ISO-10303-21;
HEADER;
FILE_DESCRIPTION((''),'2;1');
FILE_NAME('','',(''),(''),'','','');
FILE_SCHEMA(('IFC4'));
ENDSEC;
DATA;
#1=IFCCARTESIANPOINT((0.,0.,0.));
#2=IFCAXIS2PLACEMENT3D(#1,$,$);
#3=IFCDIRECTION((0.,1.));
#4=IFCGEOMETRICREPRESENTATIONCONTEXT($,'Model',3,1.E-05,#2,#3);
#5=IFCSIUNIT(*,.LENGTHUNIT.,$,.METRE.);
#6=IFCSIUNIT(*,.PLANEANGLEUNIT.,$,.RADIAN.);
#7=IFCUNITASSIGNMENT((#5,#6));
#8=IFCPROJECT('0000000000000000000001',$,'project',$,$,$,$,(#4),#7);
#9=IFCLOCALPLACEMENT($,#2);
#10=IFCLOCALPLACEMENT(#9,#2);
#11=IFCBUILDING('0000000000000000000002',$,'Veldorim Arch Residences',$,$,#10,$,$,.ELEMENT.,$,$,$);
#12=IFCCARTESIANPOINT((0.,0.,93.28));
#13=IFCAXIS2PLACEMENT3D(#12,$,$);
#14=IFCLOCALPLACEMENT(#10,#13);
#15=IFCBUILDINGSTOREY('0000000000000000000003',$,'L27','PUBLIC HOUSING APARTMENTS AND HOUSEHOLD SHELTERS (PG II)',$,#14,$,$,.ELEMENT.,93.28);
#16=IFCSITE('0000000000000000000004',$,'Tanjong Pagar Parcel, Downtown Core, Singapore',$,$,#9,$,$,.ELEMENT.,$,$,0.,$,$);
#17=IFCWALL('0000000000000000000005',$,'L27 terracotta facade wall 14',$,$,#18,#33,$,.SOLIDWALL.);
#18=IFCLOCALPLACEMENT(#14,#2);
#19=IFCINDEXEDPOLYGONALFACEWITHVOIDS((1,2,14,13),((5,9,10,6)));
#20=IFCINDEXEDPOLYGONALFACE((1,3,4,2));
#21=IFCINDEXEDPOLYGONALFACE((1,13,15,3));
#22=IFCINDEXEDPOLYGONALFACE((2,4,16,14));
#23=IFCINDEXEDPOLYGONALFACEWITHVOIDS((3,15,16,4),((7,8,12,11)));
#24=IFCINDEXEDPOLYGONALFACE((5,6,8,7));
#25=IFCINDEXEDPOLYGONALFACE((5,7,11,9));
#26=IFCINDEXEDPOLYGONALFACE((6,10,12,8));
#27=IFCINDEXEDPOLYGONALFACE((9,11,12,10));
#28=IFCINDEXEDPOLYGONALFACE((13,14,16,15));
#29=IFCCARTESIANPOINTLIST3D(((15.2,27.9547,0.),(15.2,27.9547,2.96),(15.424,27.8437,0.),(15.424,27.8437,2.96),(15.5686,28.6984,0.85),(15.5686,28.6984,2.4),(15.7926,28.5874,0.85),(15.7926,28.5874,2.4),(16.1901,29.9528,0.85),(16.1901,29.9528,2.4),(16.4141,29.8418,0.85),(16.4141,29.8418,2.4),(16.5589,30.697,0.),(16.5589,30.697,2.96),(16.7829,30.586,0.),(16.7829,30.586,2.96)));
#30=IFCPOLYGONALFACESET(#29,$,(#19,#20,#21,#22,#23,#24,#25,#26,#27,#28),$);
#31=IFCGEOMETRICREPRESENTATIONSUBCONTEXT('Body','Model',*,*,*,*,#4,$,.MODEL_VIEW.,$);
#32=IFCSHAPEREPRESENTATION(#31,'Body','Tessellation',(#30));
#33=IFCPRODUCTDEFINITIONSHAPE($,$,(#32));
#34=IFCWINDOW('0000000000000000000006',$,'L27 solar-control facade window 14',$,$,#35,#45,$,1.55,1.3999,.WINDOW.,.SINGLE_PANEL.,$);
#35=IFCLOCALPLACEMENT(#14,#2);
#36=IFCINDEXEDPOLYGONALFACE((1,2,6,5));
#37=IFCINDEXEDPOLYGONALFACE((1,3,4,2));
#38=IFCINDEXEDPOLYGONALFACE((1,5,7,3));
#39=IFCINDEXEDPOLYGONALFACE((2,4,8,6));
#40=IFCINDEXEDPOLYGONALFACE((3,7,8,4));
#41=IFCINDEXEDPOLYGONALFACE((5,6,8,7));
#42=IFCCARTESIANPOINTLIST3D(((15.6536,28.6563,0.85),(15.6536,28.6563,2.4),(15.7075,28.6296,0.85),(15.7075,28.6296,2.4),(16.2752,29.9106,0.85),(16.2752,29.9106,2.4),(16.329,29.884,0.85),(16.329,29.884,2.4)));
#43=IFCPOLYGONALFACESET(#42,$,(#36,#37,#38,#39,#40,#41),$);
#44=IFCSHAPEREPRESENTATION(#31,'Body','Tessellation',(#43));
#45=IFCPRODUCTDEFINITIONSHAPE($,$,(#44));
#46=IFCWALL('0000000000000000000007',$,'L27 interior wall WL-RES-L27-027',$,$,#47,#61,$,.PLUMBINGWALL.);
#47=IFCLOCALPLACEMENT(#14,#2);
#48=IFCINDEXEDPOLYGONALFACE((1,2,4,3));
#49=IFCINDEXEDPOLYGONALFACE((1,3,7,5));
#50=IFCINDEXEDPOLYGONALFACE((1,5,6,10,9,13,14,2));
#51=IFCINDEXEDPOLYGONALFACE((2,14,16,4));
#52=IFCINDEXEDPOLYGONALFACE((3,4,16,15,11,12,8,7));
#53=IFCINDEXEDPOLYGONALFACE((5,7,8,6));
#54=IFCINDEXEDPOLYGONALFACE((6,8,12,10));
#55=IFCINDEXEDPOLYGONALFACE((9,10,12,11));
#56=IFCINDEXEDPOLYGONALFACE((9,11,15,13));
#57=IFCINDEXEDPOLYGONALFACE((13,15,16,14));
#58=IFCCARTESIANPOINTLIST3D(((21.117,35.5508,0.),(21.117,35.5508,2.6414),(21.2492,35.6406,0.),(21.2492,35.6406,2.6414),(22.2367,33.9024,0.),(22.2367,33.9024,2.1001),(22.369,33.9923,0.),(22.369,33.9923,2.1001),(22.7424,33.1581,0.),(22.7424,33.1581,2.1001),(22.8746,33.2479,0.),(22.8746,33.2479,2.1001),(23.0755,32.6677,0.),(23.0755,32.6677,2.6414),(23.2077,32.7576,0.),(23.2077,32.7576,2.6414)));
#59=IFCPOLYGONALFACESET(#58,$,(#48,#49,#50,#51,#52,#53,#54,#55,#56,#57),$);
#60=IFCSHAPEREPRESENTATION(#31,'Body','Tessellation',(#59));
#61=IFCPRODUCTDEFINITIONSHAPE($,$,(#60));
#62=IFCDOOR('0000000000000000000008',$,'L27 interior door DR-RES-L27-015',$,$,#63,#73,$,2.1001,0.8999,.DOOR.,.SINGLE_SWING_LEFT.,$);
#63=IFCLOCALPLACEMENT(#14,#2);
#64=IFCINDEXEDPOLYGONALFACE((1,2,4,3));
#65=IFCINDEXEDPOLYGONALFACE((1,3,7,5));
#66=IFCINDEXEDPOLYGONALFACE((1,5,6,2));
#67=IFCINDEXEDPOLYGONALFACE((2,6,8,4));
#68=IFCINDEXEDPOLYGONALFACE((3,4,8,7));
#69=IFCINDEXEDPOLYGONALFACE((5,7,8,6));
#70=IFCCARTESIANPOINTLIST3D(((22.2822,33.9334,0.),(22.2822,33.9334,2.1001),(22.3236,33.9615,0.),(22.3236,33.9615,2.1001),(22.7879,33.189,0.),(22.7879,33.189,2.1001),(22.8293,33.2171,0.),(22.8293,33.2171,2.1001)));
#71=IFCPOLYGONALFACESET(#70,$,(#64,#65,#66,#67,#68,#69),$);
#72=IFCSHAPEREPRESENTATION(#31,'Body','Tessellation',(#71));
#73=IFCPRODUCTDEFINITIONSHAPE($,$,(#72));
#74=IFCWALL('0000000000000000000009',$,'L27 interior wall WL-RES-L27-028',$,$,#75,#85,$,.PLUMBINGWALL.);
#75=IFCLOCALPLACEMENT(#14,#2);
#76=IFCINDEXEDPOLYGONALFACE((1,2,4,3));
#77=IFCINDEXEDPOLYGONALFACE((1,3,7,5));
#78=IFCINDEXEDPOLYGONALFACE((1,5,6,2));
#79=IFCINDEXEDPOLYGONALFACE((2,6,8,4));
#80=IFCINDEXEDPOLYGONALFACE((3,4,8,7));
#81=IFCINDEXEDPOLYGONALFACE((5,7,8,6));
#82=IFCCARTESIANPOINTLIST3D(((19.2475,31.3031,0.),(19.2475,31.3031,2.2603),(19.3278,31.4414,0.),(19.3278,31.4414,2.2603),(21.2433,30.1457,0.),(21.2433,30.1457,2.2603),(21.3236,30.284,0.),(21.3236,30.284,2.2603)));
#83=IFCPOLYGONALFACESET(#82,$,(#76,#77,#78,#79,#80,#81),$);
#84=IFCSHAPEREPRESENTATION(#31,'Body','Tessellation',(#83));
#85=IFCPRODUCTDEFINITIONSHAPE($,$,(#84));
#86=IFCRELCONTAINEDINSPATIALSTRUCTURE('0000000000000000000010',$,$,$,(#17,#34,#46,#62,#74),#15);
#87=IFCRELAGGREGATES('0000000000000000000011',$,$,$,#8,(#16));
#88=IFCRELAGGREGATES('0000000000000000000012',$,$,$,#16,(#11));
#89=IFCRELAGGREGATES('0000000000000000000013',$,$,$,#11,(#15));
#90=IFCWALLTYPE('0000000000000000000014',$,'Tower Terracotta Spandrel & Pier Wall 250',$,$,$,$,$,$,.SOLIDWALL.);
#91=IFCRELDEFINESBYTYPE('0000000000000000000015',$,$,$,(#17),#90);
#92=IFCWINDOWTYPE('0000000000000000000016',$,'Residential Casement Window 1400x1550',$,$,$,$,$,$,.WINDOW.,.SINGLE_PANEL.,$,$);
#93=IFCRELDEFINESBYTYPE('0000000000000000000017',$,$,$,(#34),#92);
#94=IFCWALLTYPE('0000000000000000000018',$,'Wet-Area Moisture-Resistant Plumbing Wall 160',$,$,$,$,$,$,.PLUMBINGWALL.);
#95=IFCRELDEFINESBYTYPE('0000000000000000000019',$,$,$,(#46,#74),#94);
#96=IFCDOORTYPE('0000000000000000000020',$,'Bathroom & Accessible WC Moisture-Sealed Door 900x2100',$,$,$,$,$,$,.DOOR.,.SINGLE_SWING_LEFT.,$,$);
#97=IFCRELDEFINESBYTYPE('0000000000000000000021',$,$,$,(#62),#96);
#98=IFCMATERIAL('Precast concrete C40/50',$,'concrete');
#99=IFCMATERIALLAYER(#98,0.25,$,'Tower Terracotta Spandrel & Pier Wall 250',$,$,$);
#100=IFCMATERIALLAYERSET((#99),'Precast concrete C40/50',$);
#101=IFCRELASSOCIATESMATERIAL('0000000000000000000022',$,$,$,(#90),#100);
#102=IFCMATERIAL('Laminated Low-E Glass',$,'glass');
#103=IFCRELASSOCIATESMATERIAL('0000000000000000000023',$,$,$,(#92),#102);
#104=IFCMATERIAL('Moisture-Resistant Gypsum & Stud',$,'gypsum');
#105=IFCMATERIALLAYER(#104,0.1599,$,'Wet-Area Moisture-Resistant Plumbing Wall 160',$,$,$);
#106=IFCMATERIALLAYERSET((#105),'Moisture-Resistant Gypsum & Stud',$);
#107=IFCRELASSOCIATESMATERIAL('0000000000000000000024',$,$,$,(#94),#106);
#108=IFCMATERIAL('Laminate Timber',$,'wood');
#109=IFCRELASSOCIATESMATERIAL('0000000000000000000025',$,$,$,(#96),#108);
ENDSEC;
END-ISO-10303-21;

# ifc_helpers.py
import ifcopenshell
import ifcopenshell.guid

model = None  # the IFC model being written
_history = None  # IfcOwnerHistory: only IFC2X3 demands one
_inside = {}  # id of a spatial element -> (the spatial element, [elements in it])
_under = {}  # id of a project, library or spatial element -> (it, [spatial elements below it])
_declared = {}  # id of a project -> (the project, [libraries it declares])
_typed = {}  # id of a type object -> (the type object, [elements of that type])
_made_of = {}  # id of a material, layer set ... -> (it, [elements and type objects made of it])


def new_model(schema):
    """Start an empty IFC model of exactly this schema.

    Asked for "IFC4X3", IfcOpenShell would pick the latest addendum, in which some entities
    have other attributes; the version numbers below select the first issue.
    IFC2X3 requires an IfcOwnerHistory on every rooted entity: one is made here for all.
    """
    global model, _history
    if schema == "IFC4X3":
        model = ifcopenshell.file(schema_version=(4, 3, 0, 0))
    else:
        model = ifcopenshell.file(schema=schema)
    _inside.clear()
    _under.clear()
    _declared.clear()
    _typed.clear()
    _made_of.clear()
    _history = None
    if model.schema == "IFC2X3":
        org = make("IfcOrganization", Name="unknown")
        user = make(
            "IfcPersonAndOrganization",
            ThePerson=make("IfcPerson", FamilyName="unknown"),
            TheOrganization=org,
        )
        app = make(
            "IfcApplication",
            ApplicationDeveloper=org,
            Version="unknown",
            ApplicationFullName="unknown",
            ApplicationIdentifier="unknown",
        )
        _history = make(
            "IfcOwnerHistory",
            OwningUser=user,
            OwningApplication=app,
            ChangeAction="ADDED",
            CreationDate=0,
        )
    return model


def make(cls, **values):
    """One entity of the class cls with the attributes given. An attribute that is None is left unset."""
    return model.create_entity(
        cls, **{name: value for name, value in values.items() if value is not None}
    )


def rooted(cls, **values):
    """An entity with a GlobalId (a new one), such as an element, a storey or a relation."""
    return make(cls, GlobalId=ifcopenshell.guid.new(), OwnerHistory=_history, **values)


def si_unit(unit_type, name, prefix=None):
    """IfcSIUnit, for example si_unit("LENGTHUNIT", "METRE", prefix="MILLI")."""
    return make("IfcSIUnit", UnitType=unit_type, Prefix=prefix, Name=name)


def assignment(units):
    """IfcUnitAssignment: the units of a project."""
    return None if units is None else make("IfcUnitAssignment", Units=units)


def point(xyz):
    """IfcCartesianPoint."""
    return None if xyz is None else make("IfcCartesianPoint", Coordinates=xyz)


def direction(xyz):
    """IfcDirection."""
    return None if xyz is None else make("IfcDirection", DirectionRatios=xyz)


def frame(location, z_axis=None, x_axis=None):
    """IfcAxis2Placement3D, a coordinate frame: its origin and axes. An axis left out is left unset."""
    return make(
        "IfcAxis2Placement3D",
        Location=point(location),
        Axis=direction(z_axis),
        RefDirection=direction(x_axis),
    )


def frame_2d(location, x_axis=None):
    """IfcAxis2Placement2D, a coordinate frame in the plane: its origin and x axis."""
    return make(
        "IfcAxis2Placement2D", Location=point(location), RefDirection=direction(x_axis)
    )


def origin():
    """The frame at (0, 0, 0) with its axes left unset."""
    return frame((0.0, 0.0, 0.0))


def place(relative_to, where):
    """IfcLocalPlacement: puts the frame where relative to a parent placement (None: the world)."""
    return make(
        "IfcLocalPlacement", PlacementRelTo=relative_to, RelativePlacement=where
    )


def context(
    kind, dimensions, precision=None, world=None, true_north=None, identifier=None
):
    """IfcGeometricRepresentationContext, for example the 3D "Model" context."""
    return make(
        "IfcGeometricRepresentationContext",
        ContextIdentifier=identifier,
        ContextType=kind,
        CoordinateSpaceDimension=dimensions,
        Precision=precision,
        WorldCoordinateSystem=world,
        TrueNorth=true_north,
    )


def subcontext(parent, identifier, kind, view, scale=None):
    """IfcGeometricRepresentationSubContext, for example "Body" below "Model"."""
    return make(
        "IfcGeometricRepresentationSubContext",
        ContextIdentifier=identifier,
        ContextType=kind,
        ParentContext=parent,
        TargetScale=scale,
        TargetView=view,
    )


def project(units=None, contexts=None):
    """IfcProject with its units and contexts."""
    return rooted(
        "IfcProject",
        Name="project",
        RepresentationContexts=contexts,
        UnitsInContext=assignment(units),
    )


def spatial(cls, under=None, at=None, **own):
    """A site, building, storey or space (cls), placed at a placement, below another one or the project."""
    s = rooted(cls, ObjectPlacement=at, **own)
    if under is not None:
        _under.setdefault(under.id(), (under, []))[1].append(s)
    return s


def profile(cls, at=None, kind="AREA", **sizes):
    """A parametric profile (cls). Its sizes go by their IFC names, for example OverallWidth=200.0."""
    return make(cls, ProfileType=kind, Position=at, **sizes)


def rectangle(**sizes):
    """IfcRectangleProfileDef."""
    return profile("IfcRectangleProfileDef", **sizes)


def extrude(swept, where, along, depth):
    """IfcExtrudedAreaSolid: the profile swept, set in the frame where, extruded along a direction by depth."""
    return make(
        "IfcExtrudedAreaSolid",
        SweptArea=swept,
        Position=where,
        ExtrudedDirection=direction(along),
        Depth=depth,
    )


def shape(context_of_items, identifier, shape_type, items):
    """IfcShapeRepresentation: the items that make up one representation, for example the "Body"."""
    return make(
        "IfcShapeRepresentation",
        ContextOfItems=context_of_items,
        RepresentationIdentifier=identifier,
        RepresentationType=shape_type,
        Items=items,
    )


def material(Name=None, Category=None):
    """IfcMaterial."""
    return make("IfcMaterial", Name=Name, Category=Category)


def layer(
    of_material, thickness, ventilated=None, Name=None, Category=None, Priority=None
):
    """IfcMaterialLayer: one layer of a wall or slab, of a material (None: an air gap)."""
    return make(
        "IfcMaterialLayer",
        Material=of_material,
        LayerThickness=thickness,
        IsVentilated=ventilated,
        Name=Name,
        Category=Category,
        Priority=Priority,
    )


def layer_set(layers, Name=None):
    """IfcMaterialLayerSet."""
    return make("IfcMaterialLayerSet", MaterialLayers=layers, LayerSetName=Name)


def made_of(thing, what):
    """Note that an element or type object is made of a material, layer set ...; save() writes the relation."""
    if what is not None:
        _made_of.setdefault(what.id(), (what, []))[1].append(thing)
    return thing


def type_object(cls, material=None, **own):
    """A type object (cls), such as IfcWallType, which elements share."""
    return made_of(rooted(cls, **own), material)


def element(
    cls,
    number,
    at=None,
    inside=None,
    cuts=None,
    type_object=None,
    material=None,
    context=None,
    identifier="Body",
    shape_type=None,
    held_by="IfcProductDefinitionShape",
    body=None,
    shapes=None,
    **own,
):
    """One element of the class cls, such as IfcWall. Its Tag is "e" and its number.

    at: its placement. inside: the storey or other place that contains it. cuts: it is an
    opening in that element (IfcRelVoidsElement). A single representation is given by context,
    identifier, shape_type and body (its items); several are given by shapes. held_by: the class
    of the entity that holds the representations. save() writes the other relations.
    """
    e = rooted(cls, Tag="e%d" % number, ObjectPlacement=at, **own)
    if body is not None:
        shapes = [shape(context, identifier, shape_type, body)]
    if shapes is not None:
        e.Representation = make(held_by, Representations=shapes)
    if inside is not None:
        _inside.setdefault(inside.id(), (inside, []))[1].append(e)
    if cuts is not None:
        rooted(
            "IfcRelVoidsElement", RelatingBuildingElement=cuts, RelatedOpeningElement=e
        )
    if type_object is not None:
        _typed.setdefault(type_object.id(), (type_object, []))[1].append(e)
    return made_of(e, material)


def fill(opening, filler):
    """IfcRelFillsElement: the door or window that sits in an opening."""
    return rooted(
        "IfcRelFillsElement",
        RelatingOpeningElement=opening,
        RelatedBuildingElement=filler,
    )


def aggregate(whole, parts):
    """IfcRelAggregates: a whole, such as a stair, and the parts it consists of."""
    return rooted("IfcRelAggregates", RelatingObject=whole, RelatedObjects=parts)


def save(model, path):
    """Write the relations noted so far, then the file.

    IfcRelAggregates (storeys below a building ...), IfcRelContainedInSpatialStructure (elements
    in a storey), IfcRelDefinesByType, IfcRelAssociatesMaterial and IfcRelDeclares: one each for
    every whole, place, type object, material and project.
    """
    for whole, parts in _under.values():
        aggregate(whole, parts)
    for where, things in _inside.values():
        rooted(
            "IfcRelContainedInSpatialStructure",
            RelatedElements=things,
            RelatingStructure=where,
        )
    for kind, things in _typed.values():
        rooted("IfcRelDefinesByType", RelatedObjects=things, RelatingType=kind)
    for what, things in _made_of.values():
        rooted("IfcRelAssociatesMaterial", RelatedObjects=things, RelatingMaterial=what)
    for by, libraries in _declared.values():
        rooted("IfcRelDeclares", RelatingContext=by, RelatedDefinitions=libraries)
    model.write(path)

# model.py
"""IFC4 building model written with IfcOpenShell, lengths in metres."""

from ifc_helpers import new_model, si_unit, direction, frame, frame_2d, origin, place, context, subcontext, project, spatial, rectangle, extrude, material, layer, layer_set, type_object, element, fill, save


model = new_model("IFC4")

# Units and contexts
model_context = context("Model", 3, precision=1e-05, world=origin(), true_north=direction((0.0, 1.0)))
body_context = subcontext(model_context, "Body", "Model", "MODEL_VIEW")
ifc_project = project(units=[si_unit("LENGTHUNIT", "METRE"), si_unit("PLANEANGLEUNIT", "RADIAN")], contexts=[model_context])

# Site, building, storey
site_placement = place(None, origin())
site = spatial("IfcSite", under=ifc_project, at=site_placement, Name="Tanjong Pagar Parcel, Downtown Core, Singapore", CompositionType="ELEMENT", RefElevation=0.0)
building_placement = place(site_placement, origin())
building = spatial("IfcBuilding", under=site, at=building_placement, Name="Veldorim Arch Residences", CompositionType="ELEMENT")
storey_placement = place(building_placement, frame((0.0, 0.0, 93.28)))
storey = spatial("IfcBuildingStorey", under=building, at=storey_placement, Name="L27", Description="PUBLIC HOUSING APARTMENTS AND HOUSEHOLD SHELTERS (PG II)", CompositionType="ELEMENT", Elevation=93.28)

# Shared definitions
ifc_material_1 = material(Name="Precast concrete C40/50", Category="concrete")
ifc_layer_1 = layer(ifc_material_1, 0.25, Name="Tower Terracotta Spandrel & Pier Wall 250")
ifc_layer_set_1 = layer_set([ifc_layer_1], Name="Precast concrete C40/50")
wall_type_1 = type_object("IfcWallType", Name="Tower Terracotta Spandrel & Pier Wall 250", PredefinedType="SOLIDWALL", material=ifc_layer_set_1)

# Wall, opening, window
wall_1_placement = place(storey_placement, frame((15.312, 27.8992, 0.0), z_axis=(0.0, 0.0, 1.0), x_axis=(0.443988, 0.896033, 0.0)))
wall_1 = element("IfcWall", 1, at=wall_1_placement, inside=storey, type_object=wall_type_1, Name="L27 terracotta facade wall 14", PredefinedType="SOLIDWALL", context=body_context, shape_type="SweptSolid", body=[
    extrude(rectangle(XDim=3.0605, YDim=0.25, at=frame_2d((1.5303, 0.0))), origin(), (0.0, 0.0, 1.0), 2.96),
])
opening_1_placement = place(wall_1_placement, frame((0.8301, 0.0, 0.8501)))
opening_1 = element("IfcOpeningElement", 2, at=opening_1_placement, cuts=wall_1, PredefinedType="OPENING", context=body_context, shape_type="SweptSolid", body=[
    extrude(rectangle(XDim=1.3999, YDim=1.55, at=frame_2d((0.7, 0.7749))), frame((0.0, 0.135, 0.0), z_axis=(0.0, -1.0, 0.0), x_axis=(1.0, 0.0, 0.0)), (0.0, 0.0, 1.0), 0.27),
])
ifc_material_2 = material(Name="Laminated Low-E Glass", Category="glass")
window_type_1 = type_object("IfcWindowType", Name="Residential Casement Window 1400x1550", PartitioningType="SINGLE_PANEL", PredefinedType="WINDOW", material=ifc_material_2)
window_1_placement = place(opening_1_placement, origin())
window_1 = element("IfcWindow", 3, at=window_1_placement, inside=storey, type_object=window_type_1, Name="L27 solar-control facade window 14", OverallHeight=1.55, OverallWidth=1.3999, PartitioningType="SINGLE_PANEL", PredefinedType="WINDOW", context=body_context, shape_type="SweptSolid", body=[
    extrude(rectangle(XDim=1.3999, YDim=1.55, at=frame_2d((0.7, 0.7749))), frame((0.0, 0.03, 0.0), z_axis=(0.0, -1.0, 0.0), x_axis=(1.0, 0.0, 0.0)), (0.0, 0.0, 1.0), 0.0601),
])
fill(opening_1, window_1)

# Wall, opening, door
ifc_material_3 = material(Name="Moisture-Resistant Gypsum & Stud", Category="gypsum")
ifc_layer_2 = layer(ifc_material_3, 0.1599, Name="Wet-Area Moisture-Resistant Plumbing Wall 160")
ifc_layer_set_2 = layer_set([ifc_layer_2], Name="Moisture-Resistant Gypsum & Stud")
wall_type_2 = type_object("IfcWallType", Name="Wet-Area Moisture-Resistant Plumbing Wall 160", PredefinedType="PLUMBINGWALL", material=ifc_layer_set_2)
wall_2_placement = place(storey_placement, frame((23.1416, 32.7126, 0.0), z_axis=(0.0, 0.0, 1.0), x_axis=(-0.561921, 0.827191, 0.0)))
wall_2 = element("IfcWall", 4, at=wall_2_placement, inside=storey, type_object=wall_type_2, Name="L27 interior wall WL-RES-L27-027", PredefinedType="PLUMBINGWALL", context=body_context, shape_type="SweptSolid", body=[
    extrude(rectangle(XDim=3.4854, YDim=0.1599, at=frame_2d((1.7427, 0.0))), origin(), (0.0, 0.0, 1.0), 2.6414),
])
opening_2_placement = place(wall_2_placement, frame((0.5928, 0.0, 0.0)))
opening_2 = element("IfcOpeningElement", 5, at=opening_2_placement, cuts=wall_2, PredefinedType="OPENING", context=body_context, shape_type="SweptSolid", body=[
    extrude(rectangle(XDim=0.8999, YDim=2.1001, at=frame_2d((0.45, 1.05))), frame((0.0, 0.0898, 0.0), z_axis=(0.0, -1.0, 0.0), x_axis=(1.0, 0.0, 0.0)), (0.0, 0.0, 1.0), 0.1799),
])
ifc_material_4 = material(Name="Laminate Timber", Category="wood")
door_type_1 = type_object("IfcDoorType", Name="Bathroom & Accessible WC Moisture-Sealed Door 900x2100", OperationType="SINGLE_SWING_LEFT", PredefinedType="DOOR", material=ifc_material_4)
door_1_placement = place(opening_2_placement, origin())
door_1 = element("IfcDoor", 6, at=door_1_placement, inside=storey, type_object=door_type_1, Name="L27 interior door DR-RES-L27-015", OperationType="SINGLE_SWING_LEFT", OverallHeight=2.1001, OverallWidth=0.8999, PredefinedType="DOOR", context=body_context, shape_type="SweptSolid", body=[
    extrude(rectangle(XDim=0.8999, YDim=2.1001, at=frame_2d((0.45, 1.05))), frame((0.0, 0.0249, 0.0), z_axis=(0.0, -1.0, 0.0), x_axis=(1.0, 0.0, 0.0)), (0.0, 0.0, 1.0), 0.05),
])
fill(opening_2, door_1)

# Wall
wall_3_placement = place(storey_placement, frame((21.2834, 30.2148, 0.0), z_axis=(0.0, 0.0, 1.0), x_axis=(-0.865054, 0.501678, 0.0)))
element("IfcWall", 7, at=wall_3_placement, inside=storey, type_object=wall_type_2, Name="L27 interior wall WL-RES-L27-028", PredefinedType="PLUMBINGWALL", context=body_context, shape_type="SweptSolid", body=[
    extrude(rectangle(XDim=2.3071, YDim=0.1599, at=frame_2d((1.1536, 0.0))), origin(), (0.0, 0.0, 1.0), 2.2603),
])

save(model, "model.ifc")
